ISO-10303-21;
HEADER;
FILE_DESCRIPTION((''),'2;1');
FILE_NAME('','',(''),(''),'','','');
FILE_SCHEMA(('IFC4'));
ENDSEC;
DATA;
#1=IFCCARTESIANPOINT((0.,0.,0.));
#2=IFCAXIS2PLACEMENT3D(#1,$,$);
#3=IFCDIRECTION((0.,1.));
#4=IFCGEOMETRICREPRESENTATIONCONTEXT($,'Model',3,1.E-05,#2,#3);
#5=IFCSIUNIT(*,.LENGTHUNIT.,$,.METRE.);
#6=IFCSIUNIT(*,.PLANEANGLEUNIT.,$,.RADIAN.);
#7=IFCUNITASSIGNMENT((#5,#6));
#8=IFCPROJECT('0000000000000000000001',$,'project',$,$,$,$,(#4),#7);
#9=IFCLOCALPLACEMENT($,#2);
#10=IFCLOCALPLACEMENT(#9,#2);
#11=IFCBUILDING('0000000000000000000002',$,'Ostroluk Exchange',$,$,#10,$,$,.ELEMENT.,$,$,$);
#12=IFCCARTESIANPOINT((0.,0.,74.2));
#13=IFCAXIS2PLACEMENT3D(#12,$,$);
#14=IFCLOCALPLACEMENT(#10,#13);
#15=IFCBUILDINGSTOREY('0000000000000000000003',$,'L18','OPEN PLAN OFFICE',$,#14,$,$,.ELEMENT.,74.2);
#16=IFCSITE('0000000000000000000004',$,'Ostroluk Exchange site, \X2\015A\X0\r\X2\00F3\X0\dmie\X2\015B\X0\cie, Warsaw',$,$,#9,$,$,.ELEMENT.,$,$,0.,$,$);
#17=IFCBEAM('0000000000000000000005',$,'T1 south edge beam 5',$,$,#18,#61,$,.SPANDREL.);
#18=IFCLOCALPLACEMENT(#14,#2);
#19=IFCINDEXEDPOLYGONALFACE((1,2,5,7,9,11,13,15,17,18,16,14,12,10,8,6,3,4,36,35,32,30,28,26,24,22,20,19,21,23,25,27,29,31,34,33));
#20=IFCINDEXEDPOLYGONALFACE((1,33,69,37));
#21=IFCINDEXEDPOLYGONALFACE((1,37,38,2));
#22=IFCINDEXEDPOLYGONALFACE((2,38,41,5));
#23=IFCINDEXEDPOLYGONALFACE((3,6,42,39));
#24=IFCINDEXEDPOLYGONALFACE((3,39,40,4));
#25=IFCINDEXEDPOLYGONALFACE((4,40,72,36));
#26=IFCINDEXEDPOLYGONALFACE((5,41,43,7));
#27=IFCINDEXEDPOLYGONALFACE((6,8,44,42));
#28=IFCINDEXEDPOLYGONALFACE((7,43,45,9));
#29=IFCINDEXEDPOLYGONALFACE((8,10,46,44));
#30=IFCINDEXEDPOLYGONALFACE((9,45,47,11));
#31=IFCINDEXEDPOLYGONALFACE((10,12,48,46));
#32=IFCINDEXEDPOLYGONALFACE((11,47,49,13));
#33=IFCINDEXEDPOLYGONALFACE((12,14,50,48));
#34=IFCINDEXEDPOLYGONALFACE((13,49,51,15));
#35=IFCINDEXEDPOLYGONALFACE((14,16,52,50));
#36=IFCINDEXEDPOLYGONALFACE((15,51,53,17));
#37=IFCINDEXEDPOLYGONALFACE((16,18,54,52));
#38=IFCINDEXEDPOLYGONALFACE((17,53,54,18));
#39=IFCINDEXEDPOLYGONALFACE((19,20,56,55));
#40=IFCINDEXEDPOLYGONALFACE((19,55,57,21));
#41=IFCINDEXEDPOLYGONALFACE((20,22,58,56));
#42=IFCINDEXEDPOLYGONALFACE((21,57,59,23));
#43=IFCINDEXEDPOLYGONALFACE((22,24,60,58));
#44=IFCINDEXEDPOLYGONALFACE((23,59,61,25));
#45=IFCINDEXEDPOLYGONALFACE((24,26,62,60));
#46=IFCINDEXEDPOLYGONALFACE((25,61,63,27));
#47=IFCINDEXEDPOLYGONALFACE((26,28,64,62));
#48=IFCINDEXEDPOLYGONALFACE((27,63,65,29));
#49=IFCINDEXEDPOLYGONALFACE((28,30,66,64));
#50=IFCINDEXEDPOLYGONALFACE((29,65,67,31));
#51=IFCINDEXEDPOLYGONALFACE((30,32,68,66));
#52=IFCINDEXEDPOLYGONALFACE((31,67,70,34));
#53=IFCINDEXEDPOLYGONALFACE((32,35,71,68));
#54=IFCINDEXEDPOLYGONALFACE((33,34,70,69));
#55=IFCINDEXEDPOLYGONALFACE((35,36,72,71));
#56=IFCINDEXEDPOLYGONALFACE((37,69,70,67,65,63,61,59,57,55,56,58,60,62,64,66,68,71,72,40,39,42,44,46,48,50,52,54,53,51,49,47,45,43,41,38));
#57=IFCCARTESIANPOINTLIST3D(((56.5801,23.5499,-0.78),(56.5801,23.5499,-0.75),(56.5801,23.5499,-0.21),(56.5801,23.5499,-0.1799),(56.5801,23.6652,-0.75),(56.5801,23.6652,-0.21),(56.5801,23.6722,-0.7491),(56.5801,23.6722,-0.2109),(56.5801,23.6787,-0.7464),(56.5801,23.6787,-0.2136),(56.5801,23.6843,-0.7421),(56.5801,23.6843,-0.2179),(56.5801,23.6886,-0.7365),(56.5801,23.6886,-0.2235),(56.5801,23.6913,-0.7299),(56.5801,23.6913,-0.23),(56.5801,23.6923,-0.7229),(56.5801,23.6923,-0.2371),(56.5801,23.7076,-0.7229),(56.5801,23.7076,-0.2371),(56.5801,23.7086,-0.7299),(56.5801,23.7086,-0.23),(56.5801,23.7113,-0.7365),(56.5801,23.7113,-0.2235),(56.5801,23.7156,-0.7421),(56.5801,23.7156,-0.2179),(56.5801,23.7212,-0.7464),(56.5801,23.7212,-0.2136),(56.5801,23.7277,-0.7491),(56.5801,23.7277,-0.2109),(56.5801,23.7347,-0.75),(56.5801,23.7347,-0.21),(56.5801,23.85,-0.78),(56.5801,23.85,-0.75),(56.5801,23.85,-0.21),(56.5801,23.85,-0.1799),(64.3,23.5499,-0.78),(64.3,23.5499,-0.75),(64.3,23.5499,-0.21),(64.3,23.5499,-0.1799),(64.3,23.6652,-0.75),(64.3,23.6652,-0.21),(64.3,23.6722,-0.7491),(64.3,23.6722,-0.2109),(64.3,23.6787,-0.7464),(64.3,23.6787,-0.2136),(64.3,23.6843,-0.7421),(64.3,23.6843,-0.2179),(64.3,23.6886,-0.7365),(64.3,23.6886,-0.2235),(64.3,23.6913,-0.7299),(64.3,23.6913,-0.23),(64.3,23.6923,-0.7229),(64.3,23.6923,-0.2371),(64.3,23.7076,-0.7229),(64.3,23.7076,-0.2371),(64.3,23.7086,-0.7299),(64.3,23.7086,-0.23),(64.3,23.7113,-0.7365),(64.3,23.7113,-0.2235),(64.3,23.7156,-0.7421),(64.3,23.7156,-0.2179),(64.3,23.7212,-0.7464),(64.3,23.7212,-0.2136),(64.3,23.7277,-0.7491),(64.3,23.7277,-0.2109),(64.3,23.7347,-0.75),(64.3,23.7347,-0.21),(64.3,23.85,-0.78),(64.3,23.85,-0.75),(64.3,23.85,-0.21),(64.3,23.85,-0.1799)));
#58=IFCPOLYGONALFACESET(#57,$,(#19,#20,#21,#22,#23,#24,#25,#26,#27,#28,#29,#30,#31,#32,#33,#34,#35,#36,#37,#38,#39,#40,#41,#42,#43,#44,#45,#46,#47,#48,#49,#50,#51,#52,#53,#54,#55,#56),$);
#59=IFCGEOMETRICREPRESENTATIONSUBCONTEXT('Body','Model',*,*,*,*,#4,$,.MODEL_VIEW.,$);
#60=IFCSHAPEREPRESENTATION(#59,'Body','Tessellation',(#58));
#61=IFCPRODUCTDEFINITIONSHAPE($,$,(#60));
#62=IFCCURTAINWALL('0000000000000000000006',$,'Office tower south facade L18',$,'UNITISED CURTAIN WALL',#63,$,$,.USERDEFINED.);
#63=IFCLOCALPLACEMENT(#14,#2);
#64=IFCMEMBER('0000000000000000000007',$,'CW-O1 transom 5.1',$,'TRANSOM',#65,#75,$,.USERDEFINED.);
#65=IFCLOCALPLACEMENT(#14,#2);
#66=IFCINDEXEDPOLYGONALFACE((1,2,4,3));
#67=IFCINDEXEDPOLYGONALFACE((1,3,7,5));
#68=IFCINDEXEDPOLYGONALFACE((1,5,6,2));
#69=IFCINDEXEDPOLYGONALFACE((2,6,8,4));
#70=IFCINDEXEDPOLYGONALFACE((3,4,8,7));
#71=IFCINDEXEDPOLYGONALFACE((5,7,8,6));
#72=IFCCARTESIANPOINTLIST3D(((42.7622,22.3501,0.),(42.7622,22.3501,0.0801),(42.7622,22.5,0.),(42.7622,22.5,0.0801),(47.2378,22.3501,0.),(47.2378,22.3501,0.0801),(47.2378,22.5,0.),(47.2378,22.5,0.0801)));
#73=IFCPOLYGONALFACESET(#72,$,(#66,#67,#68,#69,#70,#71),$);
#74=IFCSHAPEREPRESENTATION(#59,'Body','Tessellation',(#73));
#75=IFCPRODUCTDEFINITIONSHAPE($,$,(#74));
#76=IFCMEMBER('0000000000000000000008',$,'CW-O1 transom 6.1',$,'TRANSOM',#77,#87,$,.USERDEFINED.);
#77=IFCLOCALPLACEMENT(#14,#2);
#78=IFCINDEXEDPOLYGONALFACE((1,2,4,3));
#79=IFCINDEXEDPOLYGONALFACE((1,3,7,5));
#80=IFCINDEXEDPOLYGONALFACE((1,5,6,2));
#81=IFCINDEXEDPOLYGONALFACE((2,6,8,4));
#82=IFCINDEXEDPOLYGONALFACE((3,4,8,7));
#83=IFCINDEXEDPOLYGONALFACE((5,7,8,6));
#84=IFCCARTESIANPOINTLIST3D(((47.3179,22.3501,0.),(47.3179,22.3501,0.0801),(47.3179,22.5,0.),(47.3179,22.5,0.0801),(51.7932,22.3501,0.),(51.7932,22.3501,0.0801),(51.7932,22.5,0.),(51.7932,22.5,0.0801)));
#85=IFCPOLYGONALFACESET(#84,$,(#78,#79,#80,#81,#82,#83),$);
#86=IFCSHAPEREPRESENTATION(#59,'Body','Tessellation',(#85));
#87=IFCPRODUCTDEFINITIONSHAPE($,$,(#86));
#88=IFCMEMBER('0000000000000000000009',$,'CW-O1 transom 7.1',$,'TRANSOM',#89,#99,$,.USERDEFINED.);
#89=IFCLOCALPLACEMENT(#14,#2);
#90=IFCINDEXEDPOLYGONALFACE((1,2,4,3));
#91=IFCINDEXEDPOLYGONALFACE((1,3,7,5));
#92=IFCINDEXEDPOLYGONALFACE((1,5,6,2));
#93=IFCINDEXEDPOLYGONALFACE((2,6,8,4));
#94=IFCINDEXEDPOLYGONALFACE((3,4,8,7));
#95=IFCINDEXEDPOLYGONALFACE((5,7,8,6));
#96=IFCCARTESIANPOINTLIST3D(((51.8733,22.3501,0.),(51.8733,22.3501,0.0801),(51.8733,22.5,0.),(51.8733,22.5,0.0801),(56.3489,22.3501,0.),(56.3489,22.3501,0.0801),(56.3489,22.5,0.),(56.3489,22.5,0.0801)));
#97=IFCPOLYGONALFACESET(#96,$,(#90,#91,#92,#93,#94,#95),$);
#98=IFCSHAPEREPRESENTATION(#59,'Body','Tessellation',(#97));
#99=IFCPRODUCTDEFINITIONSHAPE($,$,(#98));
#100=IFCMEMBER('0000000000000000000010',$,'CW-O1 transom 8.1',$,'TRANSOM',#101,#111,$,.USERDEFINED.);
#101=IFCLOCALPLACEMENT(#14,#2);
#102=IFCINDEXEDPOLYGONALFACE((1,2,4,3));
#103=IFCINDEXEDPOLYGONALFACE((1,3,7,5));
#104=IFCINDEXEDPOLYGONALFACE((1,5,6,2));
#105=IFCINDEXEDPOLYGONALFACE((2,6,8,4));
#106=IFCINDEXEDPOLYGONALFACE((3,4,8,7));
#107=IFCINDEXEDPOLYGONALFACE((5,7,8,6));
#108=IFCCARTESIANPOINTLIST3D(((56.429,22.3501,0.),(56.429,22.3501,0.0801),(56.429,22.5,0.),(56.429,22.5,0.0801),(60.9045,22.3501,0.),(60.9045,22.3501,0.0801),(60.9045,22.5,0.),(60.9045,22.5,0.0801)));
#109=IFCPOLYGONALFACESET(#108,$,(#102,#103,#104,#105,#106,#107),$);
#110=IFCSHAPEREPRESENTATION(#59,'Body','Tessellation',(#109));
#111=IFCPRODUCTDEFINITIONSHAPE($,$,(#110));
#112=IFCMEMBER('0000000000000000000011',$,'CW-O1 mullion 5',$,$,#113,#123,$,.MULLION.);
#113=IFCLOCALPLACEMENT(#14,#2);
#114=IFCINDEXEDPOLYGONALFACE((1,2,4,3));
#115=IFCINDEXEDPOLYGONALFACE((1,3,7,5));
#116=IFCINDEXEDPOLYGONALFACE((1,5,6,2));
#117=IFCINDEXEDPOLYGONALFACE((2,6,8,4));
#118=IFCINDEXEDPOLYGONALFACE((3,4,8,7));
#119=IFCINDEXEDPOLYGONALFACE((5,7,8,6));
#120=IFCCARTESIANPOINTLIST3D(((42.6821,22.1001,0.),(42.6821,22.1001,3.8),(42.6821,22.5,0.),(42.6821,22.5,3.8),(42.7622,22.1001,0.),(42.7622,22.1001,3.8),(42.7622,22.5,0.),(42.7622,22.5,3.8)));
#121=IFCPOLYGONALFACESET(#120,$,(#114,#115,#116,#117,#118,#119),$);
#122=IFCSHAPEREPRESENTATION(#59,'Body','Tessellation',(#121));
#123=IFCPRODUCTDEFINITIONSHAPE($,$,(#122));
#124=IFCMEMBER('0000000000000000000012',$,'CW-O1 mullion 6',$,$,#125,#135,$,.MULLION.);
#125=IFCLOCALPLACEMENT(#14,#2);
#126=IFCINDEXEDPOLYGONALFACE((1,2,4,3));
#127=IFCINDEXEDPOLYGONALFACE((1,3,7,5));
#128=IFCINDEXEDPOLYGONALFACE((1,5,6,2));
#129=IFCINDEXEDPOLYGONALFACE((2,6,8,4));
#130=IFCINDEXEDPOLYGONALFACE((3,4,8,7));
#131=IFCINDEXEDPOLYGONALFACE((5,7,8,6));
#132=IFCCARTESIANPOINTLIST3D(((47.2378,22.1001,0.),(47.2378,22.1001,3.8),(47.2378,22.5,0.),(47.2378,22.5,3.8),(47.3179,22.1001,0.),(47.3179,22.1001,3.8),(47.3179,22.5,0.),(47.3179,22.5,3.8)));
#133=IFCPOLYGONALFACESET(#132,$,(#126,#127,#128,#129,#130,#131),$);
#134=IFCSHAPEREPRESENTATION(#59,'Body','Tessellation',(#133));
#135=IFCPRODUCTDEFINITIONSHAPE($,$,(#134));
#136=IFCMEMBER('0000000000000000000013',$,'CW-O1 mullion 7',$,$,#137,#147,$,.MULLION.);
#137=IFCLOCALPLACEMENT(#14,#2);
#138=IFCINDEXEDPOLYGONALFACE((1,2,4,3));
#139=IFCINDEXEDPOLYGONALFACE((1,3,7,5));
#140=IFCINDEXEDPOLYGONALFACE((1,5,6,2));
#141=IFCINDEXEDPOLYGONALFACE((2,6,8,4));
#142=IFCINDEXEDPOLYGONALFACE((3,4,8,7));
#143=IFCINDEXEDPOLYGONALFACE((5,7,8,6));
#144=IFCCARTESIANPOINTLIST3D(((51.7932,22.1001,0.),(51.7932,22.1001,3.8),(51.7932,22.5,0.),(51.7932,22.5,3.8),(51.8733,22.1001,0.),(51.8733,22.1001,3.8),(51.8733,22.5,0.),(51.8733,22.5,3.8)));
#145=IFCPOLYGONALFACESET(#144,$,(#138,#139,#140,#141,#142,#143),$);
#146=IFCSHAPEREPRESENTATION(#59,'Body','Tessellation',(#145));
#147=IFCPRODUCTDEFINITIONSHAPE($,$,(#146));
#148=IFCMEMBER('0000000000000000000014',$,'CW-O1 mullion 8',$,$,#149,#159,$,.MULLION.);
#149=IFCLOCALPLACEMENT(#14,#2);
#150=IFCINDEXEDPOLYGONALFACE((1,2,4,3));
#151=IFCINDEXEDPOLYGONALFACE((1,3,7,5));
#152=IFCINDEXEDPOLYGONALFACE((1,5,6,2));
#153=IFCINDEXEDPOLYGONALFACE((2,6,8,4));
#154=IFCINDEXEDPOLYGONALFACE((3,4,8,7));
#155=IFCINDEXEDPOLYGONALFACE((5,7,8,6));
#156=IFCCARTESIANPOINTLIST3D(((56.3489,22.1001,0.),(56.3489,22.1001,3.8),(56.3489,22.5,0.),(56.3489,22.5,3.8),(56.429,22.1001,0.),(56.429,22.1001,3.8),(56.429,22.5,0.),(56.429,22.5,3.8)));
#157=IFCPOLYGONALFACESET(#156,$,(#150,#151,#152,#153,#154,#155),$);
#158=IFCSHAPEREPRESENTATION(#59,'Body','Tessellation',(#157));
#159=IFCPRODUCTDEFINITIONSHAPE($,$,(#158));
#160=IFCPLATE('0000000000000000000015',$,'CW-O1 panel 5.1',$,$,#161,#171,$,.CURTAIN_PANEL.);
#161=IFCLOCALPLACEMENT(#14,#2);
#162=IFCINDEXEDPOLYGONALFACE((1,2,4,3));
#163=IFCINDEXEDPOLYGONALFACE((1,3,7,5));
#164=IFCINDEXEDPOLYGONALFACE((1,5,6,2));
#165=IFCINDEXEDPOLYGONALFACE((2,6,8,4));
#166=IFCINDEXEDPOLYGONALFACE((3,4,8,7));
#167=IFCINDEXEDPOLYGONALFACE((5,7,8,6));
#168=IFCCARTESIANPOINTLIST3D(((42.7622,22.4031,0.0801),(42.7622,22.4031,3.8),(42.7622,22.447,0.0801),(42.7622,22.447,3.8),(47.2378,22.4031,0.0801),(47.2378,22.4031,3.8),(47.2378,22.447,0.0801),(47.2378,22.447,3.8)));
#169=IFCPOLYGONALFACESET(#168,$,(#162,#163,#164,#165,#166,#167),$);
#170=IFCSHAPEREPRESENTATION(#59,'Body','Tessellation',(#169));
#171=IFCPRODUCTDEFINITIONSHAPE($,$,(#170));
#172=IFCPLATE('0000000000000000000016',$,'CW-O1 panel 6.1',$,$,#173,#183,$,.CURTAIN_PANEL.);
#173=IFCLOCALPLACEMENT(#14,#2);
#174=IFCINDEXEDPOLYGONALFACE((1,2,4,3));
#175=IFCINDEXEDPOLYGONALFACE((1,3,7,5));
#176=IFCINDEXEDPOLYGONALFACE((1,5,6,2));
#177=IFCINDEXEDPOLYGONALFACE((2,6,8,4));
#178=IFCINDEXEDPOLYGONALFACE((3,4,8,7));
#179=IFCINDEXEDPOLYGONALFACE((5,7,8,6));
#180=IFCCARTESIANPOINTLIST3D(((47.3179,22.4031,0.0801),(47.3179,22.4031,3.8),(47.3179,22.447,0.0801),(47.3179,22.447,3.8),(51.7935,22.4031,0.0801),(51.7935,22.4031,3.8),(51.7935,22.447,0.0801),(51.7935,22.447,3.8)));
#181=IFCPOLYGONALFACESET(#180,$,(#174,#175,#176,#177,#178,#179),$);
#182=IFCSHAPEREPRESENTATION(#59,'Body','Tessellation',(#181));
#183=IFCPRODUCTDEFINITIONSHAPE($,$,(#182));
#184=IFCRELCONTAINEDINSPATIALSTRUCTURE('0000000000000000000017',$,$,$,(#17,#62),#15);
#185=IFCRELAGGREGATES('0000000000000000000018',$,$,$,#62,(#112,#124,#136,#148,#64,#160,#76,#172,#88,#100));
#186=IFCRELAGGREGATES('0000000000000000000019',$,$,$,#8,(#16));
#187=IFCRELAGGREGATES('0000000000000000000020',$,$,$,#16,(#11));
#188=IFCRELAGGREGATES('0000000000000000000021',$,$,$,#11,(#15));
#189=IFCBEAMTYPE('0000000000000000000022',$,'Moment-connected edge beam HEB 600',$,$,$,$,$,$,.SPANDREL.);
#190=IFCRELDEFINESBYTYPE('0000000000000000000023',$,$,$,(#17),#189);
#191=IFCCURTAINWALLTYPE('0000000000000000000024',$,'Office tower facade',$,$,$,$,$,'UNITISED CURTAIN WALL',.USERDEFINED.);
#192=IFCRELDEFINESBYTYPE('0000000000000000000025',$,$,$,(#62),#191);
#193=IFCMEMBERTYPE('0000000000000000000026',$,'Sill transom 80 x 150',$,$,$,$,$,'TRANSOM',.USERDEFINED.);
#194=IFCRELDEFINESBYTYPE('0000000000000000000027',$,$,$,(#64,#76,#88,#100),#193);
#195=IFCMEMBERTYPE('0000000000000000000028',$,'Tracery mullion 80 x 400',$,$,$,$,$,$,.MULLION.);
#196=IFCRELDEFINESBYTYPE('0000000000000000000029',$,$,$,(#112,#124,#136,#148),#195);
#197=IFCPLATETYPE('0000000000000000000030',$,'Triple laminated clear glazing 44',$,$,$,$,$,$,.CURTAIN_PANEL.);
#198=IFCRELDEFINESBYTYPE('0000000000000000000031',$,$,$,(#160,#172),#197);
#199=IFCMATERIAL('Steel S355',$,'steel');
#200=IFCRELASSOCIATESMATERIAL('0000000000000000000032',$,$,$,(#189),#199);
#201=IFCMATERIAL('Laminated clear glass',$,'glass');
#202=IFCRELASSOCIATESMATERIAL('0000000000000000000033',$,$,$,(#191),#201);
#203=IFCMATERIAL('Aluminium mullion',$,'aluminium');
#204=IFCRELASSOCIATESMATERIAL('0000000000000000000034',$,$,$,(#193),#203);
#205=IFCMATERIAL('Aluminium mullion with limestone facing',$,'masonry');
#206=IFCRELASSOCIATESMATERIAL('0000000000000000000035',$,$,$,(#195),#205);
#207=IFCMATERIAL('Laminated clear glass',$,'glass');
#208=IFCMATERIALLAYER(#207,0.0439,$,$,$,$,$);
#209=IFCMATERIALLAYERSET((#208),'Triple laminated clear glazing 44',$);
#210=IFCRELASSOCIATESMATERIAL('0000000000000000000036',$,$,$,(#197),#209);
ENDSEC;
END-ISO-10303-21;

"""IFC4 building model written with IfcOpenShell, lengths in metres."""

from ifc_helpers import new_model, si_unit, direction, frame, origin, origin_2d, place, context, subcontext, project, spatial, rectangle, i_section, extrude, material, layer, layer_set, material_profile, profile_set, type_object, element, aggregate, save


model = new_model("IFC4")

# Units and contexts
model_context = context("Model", 3, precision=1e-05, world=origin(), true_north=direction((0.0, 1.0)))
body_context = subcontext(model_context, "Body", "Model", "MODEL_VIEW")
ifc_project = project(units=[si_unit("LENGTHUNIT", "METRE"), si_unit("PLANEANGLEUNIT", "RADIAN")], contexts=[model_context])

# Site, building, storey
site_placement = place(None, origin())
site = spatial("IfcSite", under=ifc_project, at=site_placement, Name="Ostroluk Exchange site, Śródmieście, Warsaw", CompositionType="ELEMENT", RefElevation=0.0)
building_placement = place(site_placement, origin())
building = spatial("IfcBuilding", under=site, at=building_placement, Name="Ostroluk Exchange", CompositionType="ELEMENT")
storey_placement = place(building_placement, frame((0.0, 0.0, 74.2)))
storey = spatial("IfcBuildingStorey", under=building, at=storey_placement, Name="L18", Description="OPEN PLAN OFFICE", CompositionType="ELEMENT", Elevation=74.2)

# Beam
ifc_material_1 = material(Name="Steel S355", Category="steel")
ifc_material_profile_1 = material_profile(ifc_material_1, i_section(OverallWidth=0.3, OverallDepth=0.6001, WebThickness=0.0154, FlangeThickness=0.03, FilletRadius=0.0271, at=origin_2d()), Name="HEB 600")
ifc_profile_set_1 = profile_set([ifc_material_profile_1], Name="Steel S355")
beam_type = type_object("IfcBeamType", Name="Moment-connected edge beam HEB 600", PredefinedType="SPANDREL", material=ifc_profile_set_1)
for number, where, z_axis, x_axis, name in (
    (1, (56.5801, 23.7, -0.48), (1.0, 0.0, 0.0), (0.0, 1.0, 0.0), "T1 south edge beam 5"),
):
    element("IfcBeam", number, at=place(storey_placement, frame(where, z_axis=z_axis, x_axis=x_axis)), inside=storey, type_object=beam_type, Name=name, PredefinedType="SPANDREL", context=body_context, shape_type="SweptSolid", body=[
        extrude(i_section(OverallWidth=0.3, OverallDepth=0.6001, WebThickness=0.0154, FlangeThickness=0.03, FilletRadius=0.0271, at=origin_2d()), origin(), (0.0, 0.0, 1.0), 7.72),
    ])

# Curtain wall, members, plates
ifc_material_2 = material(Name="Laminated clear glass", Category="glass")
curtain_wall_type = type_object("IfcCurtainWallType", Name="Office tower facade", ElementType="UNITISED CURTAIN WALL", PredefinedType="USERDEFINED", material=ifc_material_2)
curtain_wall_placement = place(storey_placement, origin())
curtain_wall = element("IfcCurtainWall", 2, at=curtain_wall_placement, inside=storey, type_object=curtain_wall_type, Name="Office tower south facade L18", ObjectType="UNITISED CURTAIN WALL", PredefinedType="USERDEFINED")
ifc_material_3 = material(Name="Aluminium mullion", Category="aluminium")
ifc_material_profile_2 = material_profile(ifc_material_3, rectangle(XDim=0.1499, YDim=0.0801, at=origin_2d()), Name="Sill transom 80 x 150")
ifc_profile_set_2 = profile_set([ifc_material_profile_2], Name="Aluminium mullion")
member_type_1 = type_object("IfcMemberType", Name="Sill transom 80 x 150", ElementType="TRANSOM", PredefinedType="USERDEFINED", material=ifc_profile_set_2)
member_1_placement = place(storey_placement, frame((42.7622, 22.425, 0.04), z_axis=(1.0, 0.0, 0.0), x_axis=(0.0, 1.0, 0.0)))
member_1 = element("IfcMember", 3, at=member_1_placement, type_object=member_type_1, Name="CW-O1 transom 5.1", ObjectType="TRANSOM", PredefinedType="USERDEFINED", context=body_context, shape_type="SweptSolid", body=[
    extrude(rectangle(XDim=0.1499, YDim=0.0801, at=origin_2d()), origin(), (0.0, 0.0, 1.0), 4.4756),
])
member_2_placement = place(storey_placement, frame((47.3179, 22.425, 0.04), z_axis=(1.0, 0.0, 0.0), x_axis=(0.0, 1.0, 0.0)))
member_2 = element("IfcMember", 4, at=member_2_placement, type_object=member_type_1, Name="CW-O1 transom 6.1", ObjectType="TRANSOM", PredefinedType="USERDEFINED", context=body_context, shape_type="SweptSolid", body=[
    extrude(rectangle(XDim=0.1499, YDim=0.0801, at=origin_2d()), origin(), (0.0, 0.0, 1.0), 4.4753),
])
member_3_placement = place(storey_placement, frame((51.8733, 22.425, 0.04), z_axis=(1.0, 0.0, 0.0), x_axis=(0.0, 1.0, 0.0)))
member_3 = element("IfcMember", 5, at=member_3_placement, type_object=member_type_1, Name="CW-O1 transom 7.1", ObjectType="TRANSOM", PredefinedType="USERDEFINED", context=body_context, shape_type="SweptSolid", body=[
    extrude(rectangle(XDim=0.1499, YDim=0.0801, at=origin_2d()), origin(), (0.0, 0.0, 1.0), 4.4756),
])
member_4_placement = place(storey_placement, frame((56.429, 22.425, 0.04), z_axis=(1.0, 0.0, 0.0), x_axis=(0.0, 1.0, 0.0)))
member_4 = element("IfcMember", 6, at=member_4_placement, type_object=member_type_1, Name="CW-O1 transom 8.1", ObjectType="TRANSOM", PredefinedType="USERDEFINED", context=body_context, shape_type="SweptSolid", body=[
    extrude(rectangle(XDim=0.1499, YDim=0.0801, at=origin_2d()), origin(), (0.0, 0.0, 1.0), 4.4756),
])
ifc_material_4 = material(Name="Aluminium mullion with limestone facing", Category="masonry")
ifc_material_profile_3 = material_profile(ifc_material_4, rectangle(XDim=0.3999, YDim=0.0801, at=origin_2d()), Name="Tracery mullion 80 x 400")
ifc_profile_set_3 = profile_set([ifc_material_profile_3], Name="Aluminium mullion with limestone facing")
member_type_2 = type_object("IfcMemberType", Name="Tracery mullion 80 x 400", PredefinedType="MULLION", material=ifc_profile_set_3)
member_5_placement = place(storey_placement, frame((42.7222, 22.3, 0.0), z_axis=(0.0, 0.0, 1.0), x_axis=(0.0, 1.0, 0.0)))
member_5 = element("IfcMember", 7, at=member_5_placement, type_object=member_type_2, Name="CW-O1 mullion 5", PredefinedType="MULLION", context=body_context, shape_type="SweptSolid", body=[
    extrude(rectangle(XDim=0.3999, YDim=0.0801, at=origin_2d()), origin(), (0.0, 0.0, 1.0), 3.8),
])
member_6_placement = place(storey_placement, frame((47.2778, 22.3, 0.0), z_axis=(0.0, 0.0, 1.0), x_axis=(0.0, 1.0, 0.0)))
member_6 = element("IfcMember", 8, at=member_6_placement, type_object=member_type_2, Name="CW-O1 mullion 6", PredefinedType="MULLION", context=body_context, shape_type="SweptSolid", body=[
    extrude(rectangle(XDim=0.3999, YDim=0.0801, at=origin_2d()), origin(), (0.0, 0.0, 1.0), 3.8),
])
member_7_placement = place(storey_placement, frame((51.8333, 22.3, 0.0), z_axis=(0.0, 0.0, 1.0), x_axis=(0.0, 1.0, 0.0)))
member_7 = element("IfcMember", 9, at=member_7_placement, type_object=member_type_2, Name="CW-O1 mullion 7", PredefinedType="MULLION", context=body_context, shape_type="SweptSolid", body=[
    extrude(rectangle(XDim=0.3999, YDim=0.0801, at=origin_2d()), origin(), (0.0, 0.0, 1.0), 3.8),
])
member_8_placement = place(storey_placement, frame((56.3889, 22.3, 0.0), z_axis=(0.0, 0.0, 1.0), x_axis=(0.0, 1.0, 0.0)))
member_8 = element("IfcMember", 10, at=member_8_placement, type_object=member_type_2, Name="CW-O1 mullion 8", PredefinedType="MULLION", context=body_context, shape_type="SweptSolid", body=[
    extrude(rectangle(XDim=0.3999, YDim=0.0801, at=origin_2d()), origin(), (0.0, 0.0, 1.0), 3.8),
])
ifc_material_5 = material(Name="Laminated clear glass", Category="glass")
ifc_layer_1 = layer(ifc_material_5, 0.0439)
ifc_layer_set_1 = layer_set([ifc_layer_1], Name="Triple laminated clear glazing 44")
plate_type = type_object("IfcPlateType", Name="Triple laminated clear glazing 44", PredefinedType="CURTAIN_PANEL", material=ifc_layer_set_1)
plate_1_placement = place(storey_placement, frame((45.0, 22.425, 0.0801), z_axis=(0.0, 0.0, 1.0), x_axis=(1.0, 0.0, 0.0)))
plate_1 = element("IfcPlate", 11, at=plate_1_placement, type_object=plate_type, Name="CW-O1 panel 5.1", PredefinedType="CURTAIN_PANEL", context=body_context, shape_type="SweptSolid", body=[
    extrude(rectangle(XDim=4.4756, YDim=0.0439, at=origin_2d()), origin(), (0.0, 0.0, 1.0), 3.72),
])
plate_2_placement = place(storey_placement, frame((49.5557, 22.425, 0.0801), z_axis=(0.0, 0.0, 1.0), x_axis=(1.0, 0.0, 0.0)))
plate_2 = element("IfcPlate", 12, at=plate_2_placement, type_object=plate_type, Name="CW-O1 panel 6.1", PredefinedType="CURTAIN_PANEL", context=body_context, shape_type="SweptSolid", body=[
    extrude(rectangle(XDim=4.4756, YDim=0.0439, at=origin_2d()), origin(), (0.0, 0.0, 1.0), 3.72),
])
aggregate(curtain_wall, [member_5, member_6, member_7, member_8, member_1, plate_1, member_2, plate_2, member_3, member_4])

save(model, "model.ifc")
